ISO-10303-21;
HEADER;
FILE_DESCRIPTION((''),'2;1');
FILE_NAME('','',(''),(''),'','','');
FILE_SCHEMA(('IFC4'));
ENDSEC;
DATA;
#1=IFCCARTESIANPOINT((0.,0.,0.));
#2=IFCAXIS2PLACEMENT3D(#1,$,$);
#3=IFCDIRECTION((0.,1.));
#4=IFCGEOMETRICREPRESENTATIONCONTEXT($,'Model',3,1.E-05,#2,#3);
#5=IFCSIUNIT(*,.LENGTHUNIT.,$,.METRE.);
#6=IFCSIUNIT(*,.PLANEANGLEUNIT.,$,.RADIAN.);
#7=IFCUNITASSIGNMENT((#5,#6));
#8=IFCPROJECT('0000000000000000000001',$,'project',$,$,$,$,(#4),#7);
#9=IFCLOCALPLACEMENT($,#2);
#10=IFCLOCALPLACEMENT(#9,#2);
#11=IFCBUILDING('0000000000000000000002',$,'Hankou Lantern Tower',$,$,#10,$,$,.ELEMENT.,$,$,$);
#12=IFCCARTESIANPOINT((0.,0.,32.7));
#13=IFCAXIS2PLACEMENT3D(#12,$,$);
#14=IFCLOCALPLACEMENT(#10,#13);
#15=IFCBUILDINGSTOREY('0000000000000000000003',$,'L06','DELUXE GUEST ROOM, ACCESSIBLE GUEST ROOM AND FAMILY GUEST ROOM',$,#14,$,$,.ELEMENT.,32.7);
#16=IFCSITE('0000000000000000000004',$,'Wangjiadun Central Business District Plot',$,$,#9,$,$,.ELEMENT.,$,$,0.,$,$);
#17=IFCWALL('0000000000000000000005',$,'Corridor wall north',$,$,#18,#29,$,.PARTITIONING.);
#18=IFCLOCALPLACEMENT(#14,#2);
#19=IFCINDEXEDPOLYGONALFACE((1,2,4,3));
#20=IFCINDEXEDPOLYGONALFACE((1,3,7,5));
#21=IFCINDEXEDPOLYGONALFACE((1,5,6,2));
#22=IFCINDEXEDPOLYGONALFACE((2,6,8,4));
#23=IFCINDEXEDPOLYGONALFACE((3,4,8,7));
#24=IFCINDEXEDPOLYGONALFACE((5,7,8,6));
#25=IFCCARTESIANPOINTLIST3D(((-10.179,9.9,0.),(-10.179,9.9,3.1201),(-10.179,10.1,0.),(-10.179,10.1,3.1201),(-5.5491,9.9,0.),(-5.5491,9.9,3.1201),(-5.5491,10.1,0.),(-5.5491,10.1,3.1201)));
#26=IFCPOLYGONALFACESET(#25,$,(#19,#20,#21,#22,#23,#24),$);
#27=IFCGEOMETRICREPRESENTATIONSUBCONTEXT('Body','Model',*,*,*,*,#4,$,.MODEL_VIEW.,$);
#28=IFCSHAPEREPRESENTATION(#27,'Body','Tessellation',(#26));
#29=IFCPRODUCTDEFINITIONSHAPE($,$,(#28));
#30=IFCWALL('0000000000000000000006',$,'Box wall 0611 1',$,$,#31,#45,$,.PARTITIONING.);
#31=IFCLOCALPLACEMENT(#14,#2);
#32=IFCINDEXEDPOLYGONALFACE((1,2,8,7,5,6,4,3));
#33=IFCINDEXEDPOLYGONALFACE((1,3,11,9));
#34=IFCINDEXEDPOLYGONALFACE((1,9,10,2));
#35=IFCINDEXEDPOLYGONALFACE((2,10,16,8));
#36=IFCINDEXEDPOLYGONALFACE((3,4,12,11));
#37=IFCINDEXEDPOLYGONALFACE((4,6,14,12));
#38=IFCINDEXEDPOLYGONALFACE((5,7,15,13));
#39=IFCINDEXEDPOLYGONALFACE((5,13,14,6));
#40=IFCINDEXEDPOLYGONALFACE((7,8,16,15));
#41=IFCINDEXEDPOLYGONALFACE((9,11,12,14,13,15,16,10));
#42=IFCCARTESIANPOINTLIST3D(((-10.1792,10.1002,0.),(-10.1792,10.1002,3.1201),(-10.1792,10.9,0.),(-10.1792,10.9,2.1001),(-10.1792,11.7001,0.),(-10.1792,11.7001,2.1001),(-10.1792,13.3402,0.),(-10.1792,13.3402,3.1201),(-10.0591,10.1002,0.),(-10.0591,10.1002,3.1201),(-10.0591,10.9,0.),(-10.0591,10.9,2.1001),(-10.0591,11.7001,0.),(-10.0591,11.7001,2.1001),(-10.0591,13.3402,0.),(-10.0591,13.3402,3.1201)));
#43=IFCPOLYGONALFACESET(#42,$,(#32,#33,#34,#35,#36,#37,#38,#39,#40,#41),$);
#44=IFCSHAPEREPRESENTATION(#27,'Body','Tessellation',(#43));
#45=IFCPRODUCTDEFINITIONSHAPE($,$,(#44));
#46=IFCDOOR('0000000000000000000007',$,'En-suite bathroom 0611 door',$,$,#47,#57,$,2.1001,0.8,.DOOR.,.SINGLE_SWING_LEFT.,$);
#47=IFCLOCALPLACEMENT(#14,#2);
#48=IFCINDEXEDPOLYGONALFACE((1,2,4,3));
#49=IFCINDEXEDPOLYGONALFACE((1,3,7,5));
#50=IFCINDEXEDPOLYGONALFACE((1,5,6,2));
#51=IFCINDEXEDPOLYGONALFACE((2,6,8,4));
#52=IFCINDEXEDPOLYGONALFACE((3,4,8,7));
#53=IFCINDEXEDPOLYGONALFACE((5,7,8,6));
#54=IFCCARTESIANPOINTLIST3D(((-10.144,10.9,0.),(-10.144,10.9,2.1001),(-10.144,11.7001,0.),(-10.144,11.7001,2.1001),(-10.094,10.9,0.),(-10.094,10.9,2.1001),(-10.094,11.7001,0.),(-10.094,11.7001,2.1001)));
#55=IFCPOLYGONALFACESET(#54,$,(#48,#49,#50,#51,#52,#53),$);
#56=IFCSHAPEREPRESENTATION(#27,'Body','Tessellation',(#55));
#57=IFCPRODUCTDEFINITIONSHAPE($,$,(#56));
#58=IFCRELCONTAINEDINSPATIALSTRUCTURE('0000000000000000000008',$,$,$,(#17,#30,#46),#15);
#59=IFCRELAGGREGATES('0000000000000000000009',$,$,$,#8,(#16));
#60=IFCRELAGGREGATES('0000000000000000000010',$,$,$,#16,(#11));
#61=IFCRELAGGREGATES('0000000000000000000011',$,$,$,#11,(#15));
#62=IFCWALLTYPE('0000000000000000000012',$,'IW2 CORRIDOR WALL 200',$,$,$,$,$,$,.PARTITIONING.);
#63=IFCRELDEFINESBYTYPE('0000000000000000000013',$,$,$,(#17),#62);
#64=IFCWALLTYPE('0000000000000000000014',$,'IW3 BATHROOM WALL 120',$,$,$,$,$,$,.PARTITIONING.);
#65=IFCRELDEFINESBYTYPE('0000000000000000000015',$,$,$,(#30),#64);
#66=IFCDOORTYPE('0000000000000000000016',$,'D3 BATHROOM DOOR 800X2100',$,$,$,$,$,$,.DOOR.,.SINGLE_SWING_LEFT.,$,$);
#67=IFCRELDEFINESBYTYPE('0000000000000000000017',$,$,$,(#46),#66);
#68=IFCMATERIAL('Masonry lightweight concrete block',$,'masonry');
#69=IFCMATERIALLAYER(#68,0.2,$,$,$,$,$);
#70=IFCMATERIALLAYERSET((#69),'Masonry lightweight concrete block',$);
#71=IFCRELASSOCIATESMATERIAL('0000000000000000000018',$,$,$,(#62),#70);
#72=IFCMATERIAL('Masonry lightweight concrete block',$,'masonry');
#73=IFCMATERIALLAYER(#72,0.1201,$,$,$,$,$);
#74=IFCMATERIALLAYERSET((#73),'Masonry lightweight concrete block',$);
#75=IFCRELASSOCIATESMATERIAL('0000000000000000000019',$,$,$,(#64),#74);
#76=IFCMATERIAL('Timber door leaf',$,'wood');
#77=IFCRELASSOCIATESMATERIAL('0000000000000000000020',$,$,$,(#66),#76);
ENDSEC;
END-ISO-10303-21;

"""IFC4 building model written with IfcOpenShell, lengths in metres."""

from ifc_helpers import new_model, si_unit, direction, frame, frame_2d, origin, place, context, subcontext, project, spatial, rectangle, extrude, material, layer, layer_set, type_object, element, fill, save


model = new_model("IFC4")

# Units and contexts
model_context = context("Model", 3, precision=1e-05, world=origin(), true_north=direction((0.0, 1.0)))
body_context = subcontext(model_context, "Body", "Model", "MODEL_VIEW")
ifc_project = project(units=[si_unit("LENGTHUNIT", "METRE"), si_unit("PLANEANGLEUNIT", "RADIAN")], contexts=[model_context])

# Site, building, storey
site_placement = place(None, origin())
site = spatial("IfcSite", under=ifc_project, at=site_placement, Name="Wangjiadun Central Business District Plot", CompositionType="ELEMENT", RefElevation=0.0)
building_placement = place(site_placement, origin())
building = spatial("IfcBuilding", under=site, at=building_placement, Name="Hankou Lantern Tower", CompositionType="ELEMENT")
storey_placement = place(building_placement, frame((0.0, 0.0, 32.7)))
storey = spatial("IfcBuildingStorey", under=building, at=storey_placement, Name="L06", Description="DELUXE GUEST ROOM, ACCESSIBLE GUEST ROOM AND FAMILY GUEST ROOM", CompositionType="ELEMENT", Elevation=32.7)

# Shared definitions
ifc_material_1 = material(Name="Masonry lightweight concrete block", Category="masonry")
ifc_layer_1 = layer(ifc_material_1, 0.2)
ifc_layer_set_1 = layer_set([ifc_layer_1], Name="Masonry lightweight concrete block")
wall_type_1 = type_object("IfcWallType", Name="IW2 CORRIDOR WALL 200", PredefinedType="PARTITIONING", material=ifc_layer_set_1)

# Wall
wall_1_placement = place(storey_placement, frame((-10.179, 10.0, 0.0), z_axis=(0.0, 0.0, 1.0), x_axis=(1.0, 0.0, 0.0)))
element("IfcWall", 1, at=wall_1_placement, inside=storey, type_object=wall_type_1, Name="Corridor wall north", PredefinedType="PARTITIONING", context=body_context, shape_type="SweptSolid", body=[
    extrude(rectangle(XDim=4.6299, YDim=0.2, at=frame_2d((2.3149, 0.0))), origin(), (0.0, 0.0, 1.0), 3.1201),
])

# Wall, opening, door
ifc_material_2 = material(Name="Masonry lightweight concrete block", Category="masonry")
ifc_layer_2 = layer(ifc_material_2, 0.1201)
ifc_layer_set_2 = layer_set([ifc_layer_2], Name="Masonry lightweight concrete block")
wall_type_2 = type_object("IfcWallType", Name="IW3 BATHROOM WALL 120", PredefinedType="PARTITIONING", material=ifc_layer_set_2)
wall_2_placement = place(storey_placement, frame((-10.1191, 10.1001, 0.0), z_axis=(0.0, 0.0, 1.0), x_axis=(0.0, 1.0, 0.0)))
wall_2 = element("IfcWall", 2, at=wall_2_placement, inside=storey, type_object=wall_type_2, Name="Box wall 0611 1", PredefinedType="PARTITIONING", context=body_context, shape_type="SweptSolid", body=[
    extrude(rectangle(XDim=3.24, YDim=0.1201, at=frame_2d((1.6201, 0.0))), origin(), (0.0, 0.0, 1.0), 3.1201),
])
opening_1_placement = place(wall_2_placement, frame((0.8, 0.0, 0.0)))
opening_1 = element("IfcOpeningElement", 3, at=opening_1_placement, cuts=wall_2, PredefinedType="OPENING", context=body_context, shape_type="SweptSolid", body=[
    extrude(rectangle(XDim=0.8, YDim=2.1001, at=frame_2d((0.3999, 1.05))), frame((0.0, 0.0701, 0.0), z_axis=(0.0, -1.0, 0.0), x_axis=(1.0, 0.0, 0.0)), (0.0, 0.0, 1.0), 0.1401),
])
ifc_material_3 = material(Name="Timber door leaf", Category="wood")
door_type_1 = type_object("IfcDoorType", Name="D3 BATHROOM DOOR 800X2100", OperationType="SINGLE_SWING_LEFT", PredefinedType="DOOR", material=ifc_material_3)
door_1_placement = place(opening_1_placement, origin())
door_1 = element("IfcDoor", 4, at=door_1_placement, inside=storey, type_object=door_type_1, Name="En-suite bathroom 0611 door", OperationType="SINGLE_SWING_LEFT", OverallHeight=2.1001, OverallWidth=0.8, PredefinedType="DOOR", context=body_context, shape_type="SweptSolid", body=[
    extrude(rectangle(XDim=0.8, YDim=2.1001, at=frame_2d((0.3999, 1.05))), frame((0.0, 0.0249, 0.0), z_axis=(0.0, -1.0, 0.0), x_axis=(1.0, 0.0, 0.0)), (0.0, 0.0, 1.0), 0.05),
])
fill(opening_1, door_1)

save(model, "model.ifc")
